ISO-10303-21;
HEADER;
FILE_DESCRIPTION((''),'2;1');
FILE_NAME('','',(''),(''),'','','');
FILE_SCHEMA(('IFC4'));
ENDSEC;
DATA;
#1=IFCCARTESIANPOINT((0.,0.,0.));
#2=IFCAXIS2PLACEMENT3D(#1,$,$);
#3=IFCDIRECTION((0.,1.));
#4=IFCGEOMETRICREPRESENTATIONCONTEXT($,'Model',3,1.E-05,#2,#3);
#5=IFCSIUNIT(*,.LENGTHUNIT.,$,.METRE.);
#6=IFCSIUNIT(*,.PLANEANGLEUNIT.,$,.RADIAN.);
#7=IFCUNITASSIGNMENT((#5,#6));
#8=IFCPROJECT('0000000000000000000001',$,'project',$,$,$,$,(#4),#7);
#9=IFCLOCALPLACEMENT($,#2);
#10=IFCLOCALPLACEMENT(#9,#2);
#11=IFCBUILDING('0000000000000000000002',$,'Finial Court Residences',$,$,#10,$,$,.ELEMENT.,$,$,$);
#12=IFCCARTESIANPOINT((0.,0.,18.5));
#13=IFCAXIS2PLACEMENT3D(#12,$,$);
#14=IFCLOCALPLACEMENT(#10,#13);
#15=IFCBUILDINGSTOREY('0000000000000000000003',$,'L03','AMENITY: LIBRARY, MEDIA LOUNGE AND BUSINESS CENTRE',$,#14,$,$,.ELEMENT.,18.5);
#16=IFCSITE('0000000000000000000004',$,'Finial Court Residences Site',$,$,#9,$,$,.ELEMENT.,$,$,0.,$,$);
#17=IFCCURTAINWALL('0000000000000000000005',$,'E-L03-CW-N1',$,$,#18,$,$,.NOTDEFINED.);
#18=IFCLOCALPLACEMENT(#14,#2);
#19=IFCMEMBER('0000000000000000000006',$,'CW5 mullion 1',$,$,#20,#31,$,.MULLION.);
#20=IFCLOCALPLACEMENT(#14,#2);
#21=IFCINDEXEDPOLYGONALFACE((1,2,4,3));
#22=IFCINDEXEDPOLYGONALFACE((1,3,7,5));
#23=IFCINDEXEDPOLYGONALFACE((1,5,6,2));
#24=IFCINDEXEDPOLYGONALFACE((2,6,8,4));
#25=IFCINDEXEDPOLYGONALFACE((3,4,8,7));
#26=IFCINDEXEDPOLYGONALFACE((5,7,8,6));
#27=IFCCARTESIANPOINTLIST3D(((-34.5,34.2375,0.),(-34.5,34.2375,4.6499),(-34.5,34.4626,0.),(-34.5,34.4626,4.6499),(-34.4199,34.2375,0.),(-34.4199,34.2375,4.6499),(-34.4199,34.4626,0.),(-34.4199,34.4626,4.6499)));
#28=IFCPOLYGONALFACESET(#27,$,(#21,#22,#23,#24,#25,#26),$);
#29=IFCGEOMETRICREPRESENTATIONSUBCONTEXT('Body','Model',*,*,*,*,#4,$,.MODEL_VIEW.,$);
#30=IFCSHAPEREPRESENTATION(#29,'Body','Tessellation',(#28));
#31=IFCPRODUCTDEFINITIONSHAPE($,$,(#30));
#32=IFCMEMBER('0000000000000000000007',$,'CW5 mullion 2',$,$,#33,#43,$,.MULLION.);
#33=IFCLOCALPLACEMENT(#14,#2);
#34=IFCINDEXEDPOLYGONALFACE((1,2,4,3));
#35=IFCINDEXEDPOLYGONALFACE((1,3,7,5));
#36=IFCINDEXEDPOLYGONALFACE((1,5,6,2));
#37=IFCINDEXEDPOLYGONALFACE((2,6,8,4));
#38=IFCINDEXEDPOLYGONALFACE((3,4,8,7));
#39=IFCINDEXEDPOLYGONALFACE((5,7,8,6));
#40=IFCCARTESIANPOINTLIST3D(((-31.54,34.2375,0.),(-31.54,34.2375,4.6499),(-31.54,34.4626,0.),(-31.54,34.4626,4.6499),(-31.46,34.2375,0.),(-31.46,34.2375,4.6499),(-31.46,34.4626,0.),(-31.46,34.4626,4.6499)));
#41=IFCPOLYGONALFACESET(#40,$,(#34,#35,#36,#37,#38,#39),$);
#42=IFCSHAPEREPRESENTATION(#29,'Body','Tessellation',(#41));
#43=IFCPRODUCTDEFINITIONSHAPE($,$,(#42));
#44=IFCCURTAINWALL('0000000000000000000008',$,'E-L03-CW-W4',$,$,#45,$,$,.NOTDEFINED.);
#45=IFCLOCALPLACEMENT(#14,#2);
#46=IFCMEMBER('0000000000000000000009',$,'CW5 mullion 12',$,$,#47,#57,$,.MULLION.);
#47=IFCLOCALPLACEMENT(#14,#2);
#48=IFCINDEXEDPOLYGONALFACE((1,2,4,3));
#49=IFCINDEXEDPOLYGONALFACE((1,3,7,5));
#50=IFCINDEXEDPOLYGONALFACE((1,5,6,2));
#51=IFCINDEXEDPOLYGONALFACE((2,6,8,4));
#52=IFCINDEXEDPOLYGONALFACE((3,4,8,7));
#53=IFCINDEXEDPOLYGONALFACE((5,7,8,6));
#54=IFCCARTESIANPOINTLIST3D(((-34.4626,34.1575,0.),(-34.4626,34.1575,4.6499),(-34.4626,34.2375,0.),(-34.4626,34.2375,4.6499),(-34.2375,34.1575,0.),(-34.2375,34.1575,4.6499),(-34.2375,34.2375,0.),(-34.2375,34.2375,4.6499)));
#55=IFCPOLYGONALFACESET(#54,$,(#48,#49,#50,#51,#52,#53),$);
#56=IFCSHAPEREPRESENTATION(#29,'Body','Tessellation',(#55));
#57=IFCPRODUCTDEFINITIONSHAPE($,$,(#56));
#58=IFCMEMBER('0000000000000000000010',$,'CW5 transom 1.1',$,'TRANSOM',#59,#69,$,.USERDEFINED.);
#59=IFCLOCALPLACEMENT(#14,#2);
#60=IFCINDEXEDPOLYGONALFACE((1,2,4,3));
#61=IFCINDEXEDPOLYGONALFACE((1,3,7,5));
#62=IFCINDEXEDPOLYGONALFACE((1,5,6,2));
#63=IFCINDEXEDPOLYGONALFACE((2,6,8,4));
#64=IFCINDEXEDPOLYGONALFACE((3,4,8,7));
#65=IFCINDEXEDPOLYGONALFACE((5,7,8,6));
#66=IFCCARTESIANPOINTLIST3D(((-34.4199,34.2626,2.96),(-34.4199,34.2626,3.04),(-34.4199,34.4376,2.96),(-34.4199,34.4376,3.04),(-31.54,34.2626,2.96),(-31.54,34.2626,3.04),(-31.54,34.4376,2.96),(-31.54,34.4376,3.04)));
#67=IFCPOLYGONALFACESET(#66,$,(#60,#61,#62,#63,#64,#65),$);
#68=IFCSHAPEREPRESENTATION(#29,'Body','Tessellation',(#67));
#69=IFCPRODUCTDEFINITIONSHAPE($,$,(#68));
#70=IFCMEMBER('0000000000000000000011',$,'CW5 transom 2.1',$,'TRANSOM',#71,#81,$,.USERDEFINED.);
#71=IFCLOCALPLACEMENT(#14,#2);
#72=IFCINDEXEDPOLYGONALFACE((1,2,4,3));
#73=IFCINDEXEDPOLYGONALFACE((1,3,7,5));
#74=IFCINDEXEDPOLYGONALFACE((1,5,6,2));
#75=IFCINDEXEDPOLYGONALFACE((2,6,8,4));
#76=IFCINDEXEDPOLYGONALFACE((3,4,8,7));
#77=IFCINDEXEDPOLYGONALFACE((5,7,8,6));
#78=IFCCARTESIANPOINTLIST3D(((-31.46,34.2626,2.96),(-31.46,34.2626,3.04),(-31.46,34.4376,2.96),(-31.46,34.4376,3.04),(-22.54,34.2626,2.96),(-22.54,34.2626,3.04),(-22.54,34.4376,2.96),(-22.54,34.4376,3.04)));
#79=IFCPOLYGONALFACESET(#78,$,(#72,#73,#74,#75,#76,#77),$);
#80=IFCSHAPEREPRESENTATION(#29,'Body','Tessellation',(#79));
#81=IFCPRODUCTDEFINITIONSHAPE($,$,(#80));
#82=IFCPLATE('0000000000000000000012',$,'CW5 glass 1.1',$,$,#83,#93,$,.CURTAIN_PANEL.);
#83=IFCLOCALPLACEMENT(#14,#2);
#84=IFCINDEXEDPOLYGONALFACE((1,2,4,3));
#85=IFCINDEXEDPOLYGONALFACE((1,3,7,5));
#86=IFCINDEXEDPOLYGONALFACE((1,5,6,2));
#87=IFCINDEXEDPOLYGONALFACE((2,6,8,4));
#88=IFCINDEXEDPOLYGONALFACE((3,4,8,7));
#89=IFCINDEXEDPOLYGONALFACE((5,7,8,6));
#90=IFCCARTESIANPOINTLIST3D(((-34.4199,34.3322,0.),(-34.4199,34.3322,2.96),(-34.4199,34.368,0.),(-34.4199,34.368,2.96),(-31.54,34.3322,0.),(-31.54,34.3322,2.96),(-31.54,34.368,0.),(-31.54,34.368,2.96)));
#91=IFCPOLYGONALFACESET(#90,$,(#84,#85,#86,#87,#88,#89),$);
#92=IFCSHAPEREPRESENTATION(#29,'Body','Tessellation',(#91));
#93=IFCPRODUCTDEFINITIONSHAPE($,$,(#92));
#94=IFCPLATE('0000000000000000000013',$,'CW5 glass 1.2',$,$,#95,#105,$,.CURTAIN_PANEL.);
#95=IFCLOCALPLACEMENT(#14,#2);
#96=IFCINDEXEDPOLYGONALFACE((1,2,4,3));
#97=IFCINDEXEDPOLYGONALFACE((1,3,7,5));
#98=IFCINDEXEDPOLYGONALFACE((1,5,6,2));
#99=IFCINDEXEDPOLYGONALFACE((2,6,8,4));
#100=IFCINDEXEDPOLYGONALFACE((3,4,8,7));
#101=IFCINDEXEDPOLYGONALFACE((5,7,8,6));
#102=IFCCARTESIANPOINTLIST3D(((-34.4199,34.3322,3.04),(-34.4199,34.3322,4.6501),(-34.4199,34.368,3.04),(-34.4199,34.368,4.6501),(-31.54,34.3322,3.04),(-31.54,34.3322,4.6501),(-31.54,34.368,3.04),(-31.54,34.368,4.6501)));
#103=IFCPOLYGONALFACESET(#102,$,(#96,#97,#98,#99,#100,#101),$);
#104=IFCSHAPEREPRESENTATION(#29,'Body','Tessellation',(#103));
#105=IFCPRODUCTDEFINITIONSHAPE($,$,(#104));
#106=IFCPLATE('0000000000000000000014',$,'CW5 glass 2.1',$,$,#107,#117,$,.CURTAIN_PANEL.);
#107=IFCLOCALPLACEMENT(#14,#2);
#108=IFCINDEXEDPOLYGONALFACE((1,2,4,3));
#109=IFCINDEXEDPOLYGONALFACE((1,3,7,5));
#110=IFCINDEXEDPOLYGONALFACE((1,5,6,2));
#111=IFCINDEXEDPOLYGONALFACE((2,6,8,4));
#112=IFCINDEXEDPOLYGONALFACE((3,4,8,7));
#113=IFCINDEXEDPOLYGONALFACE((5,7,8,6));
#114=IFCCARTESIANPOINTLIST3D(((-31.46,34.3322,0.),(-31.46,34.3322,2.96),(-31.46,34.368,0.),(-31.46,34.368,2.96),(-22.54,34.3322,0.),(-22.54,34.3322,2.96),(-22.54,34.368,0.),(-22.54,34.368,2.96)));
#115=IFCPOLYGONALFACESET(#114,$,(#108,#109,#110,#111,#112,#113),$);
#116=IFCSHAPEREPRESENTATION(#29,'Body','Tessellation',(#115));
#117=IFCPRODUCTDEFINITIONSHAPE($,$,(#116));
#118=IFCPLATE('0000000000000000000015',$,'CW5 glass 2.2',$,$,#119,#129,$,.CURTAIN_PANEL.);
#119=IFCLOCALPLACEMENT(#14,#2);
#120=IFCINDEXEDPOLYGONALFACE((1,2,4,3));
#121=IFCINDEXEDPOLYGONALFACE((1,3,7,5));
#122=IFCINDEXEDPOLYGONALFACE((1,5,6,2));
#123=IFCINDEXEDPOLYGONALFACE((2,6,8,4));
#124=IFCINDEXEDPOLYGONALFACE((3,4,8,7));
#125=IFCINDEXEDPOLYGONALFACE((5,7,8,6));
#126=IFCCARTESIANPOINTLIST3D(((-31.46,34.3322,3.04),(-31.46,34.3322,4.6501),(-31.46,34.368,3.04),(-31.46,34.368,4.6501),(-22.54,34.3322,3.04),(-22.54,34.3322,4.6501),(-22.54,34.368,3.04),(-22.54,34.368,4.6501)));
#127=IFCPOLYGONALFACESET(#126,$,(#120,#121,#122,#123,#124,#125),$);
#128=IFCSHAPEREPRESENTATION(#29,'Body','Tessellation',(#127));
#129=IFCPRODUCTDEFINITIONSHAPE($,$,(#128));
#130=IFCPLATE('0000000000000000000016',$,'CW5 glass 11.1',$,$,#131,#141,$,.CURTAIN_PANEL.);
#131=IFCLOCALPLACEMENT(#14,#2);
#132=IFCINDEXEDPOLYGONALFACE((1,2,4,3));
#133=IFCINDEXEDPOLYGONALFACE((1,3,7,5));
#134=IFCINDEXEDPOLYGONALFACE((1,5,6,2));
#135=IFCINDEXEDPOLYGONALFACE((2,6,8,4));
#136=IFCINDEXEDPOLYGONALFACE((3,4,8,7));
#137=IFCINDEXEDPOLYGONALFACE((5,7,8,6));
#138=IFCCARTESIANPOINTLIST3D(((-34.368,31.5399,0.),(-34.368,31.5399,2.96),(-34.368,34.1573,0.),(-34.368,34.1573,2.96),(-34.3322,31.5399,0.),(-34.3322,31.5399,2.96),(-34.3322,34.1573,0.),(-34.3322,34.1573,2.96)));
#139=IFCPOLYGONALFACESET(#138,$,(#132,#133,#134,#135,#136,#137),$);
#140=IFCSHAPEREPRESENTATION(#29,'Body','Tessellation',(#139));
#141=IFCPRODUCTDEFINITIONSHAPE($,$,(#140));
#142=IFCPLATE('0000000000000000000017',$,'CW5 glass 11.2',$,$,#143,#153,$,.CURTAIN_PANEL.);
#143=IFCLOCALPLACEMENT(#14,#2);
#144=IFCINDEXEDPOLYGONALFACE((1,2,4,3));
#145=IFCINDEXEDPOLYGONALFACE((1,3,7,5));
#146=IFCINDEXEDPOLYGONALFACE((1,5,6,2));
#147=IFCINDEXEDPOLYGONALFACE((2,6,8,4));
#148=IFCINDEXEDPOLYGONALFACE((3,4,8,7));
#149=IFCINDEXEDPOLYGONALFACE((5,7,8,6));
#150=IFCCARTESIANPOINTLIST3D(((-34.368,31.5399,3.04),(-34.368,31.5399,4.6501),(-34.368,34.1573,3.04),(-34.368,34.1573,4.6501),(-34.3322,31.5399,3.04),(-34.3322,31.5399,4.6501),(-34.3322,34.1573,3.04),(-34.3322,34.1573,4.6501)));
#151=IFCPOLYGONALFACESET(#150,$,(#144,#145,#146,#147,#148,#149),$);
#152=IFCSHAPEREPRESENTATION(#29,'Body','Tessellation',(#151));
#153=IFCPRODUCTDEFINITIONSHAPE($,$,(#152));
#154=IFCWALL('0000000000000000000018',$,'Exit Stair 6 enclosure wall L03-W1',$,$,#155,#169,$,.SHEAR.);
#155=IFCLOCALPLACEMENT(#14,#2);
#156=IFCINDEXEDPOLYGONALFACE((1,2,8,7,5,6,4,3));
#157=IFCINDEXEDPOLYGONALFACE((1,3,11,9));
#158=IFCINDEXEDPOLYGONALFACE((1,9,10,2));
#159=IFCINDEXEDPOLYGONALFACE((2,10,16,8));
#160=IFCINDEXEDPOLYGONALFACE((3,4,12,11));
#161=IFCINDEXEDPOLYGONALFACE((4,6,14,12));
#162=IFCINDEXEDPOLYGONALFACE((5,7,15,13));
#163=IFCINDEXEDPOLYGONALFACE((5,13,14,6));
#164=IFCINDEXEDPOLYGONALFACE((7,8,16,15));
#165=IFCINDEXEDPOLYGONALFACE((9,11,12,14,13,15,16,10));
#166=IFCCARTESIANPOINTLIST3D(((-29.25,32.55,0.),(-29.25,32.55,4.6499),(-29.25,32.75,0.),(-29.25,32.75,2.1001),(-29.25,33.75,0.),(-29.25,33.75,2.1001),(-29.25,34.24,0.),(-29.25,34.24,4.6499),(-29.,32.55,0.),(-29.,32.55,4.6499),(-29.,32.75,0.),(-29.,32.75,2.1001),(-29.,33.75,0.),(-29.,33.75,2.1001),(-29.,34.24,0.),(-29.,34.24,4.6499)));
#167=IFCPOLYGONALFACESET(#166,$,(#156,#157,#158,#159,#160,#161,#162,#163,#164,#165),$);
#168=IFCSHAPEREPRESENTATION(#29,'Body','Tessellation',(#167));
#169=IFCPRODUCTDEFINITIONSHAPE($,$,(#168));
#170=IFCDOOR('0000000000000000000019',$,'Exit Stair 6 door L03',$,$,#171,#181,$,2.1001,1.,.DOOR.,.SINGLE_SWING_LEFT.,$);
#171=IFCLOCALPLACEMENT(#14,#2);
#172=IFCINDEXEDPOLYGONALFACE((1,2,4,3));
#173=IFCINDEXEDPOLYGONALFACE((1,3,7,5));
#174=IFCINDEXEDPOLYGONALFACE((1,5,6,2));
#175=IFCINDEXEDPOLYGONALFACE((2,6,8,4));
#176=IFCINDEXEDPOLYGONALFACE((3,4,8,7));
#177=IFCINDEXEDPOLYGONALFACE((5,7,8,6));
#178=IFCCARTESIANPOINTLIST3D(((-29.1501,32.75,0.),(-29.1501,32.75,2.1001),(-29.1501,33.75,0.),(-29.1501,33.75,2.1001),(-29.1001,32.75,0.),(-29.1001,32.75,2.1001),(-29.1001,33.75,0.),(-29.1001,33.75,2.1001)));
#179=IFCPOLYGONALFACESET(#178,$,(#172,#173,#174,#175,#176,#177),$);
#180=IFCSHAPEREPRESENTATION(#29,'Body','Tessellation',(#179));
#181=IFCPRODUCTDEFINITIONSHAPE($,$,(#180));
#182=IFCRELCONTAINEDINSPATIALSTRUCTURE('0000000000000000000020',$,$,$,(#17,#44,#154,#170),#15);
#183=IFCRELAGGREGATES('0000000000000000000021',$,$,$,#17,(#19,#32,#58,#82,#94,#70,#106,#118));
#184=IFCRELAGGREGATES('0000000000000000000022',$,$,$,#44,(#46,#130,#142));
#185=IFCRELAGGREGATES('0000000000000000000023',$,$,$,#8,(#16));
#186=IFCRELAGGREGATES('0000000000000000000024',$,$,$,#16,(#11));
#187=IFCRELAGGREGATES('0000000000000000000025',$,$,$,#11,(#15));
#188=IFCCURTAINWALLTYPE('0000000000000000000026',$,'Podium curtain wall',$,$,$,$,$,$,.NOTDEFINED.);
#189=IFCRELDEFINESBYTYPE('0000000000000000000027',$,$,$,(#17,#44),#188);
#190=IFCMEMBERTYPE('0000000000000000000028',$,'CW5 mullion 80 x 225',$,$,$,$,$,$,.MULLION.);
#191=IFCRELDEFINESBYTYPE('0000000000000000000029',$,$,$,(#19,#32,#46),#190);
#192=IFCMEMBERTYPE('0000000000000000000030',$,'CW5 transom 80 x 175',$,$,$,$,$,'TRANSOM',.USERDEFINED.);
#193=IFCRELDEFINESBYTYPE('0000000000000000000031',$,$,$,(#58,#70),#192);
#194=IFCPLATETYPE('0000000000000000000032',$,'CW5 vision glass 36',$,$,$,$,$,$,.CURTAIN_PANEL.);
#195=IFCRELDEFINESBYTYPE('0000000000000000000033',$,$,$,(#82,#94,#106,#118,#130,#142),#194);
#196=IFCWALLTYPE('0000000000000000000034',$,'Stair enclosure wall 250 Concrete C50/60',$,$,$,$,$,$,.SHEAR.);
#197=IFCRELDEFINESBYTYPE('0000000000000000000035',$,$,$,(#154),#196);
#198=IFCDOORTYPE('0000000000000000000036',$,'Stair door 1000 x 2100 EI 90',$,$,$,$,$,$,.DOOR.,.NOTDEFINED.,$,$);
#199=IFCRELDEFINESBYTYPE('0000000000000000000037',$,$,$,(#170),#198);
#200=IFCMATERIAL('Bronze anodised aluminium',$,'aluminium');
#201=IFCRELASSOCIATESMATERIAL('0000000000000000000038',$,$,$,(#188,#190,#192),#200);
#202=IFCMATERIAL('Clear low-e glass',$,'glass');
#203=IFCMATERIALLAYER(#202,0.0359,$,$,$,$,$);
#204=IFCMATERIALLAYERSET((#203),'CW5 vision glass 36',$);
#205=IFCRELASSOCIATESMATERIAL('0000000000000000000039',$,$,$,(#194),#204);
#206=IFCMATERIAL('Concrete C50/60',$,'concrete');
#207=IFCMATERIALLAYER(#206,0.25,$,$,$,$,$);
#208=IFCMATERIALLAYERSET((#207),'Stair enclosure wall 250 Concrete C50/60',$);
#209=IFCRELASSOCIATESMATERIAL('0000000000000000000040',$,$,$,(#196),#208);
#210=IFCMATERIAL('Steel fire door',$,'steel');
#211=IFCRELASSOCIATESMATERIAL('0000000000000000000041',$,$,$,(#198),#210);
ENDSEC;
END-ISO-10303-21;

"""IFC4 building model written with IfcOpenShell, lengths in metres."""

from ifc_helpers import new_model, si_unit, direction, frame, frame_2d, origin, origin_2d, place, context, subcontext, project, spatial, rectangle, extrude, material, layer, layer_set, material_profile, profile_set, type_object, element, fill, aggregate, save


model = new_model("IFC4")

# Units and contexts
model_context = context("Model", 3, precision=1e-05, world=origin(), true_north=direction((0.0, 1.0)))
body_context = subcontext(model_context, "Body", "Model", "MODEL_VIEW")
ifc_project = project(units=[si_unit("LENGTHUNIT", "METRE"), si_unit("PLANEANGLEUNIT", "RADIAN")], contexts=[model_context])

# Site, building, storey
site_placement = place(None, origin())
site = spatial("IfcSite", under=ifc_project, at=site_placement, Name="Finial Court Residences Site", CompositionType="ELEMENT", RefElevation=0.0)
building_placement = place(site_placement, origin())
building = spatial("IfcBuilding", under=site, at=building_placement, Name="Finial Court Residences", CompositionType="ELEMENT")
storey_placement = place(building_placement, frame((0.0, 0.0, 18.5)))
storey = spatial("IfcBuildingStorey", under=building, at=storey_placement, Name="L03", Description="AMENITY: LIBRARY, MEDIA LOUNGE AND BUSINESS CENTRE", CompositionType="ELEMENT", Elevation=18.5)

# Curtain wall, members
ifc_material_1 = material(Name="Bronze anodised aluminium", Category="aluminium")
curtain_wall_type = type_object("IfcCurtainWallType", Name="Podium curtain wall", PredefinedType="NOTDEFINED", material=ifc_material_1)
curtain_wall_1_placement = place(storey_placement, origin())
curtain_wall_1 = element("IfcCurtainWall", 1, at=curtain_wall_1_placement, inside=storey, type_object=curtain_wall_type, Name="E-L03-CW-N1", PredefinedType="NOTDEFINED")
ifc_material_profile_1 = material_profile(ifc_material_1, rectangle(XDim=0.2251, YDim=0.0801, at=origin_2d()), Name="CW5 mullion 80 x 225")
ifc_profile_set_1 = profile_set([ifc_material_profile_1], Name="Bronze anodised aluminium")
member_type_1 = type_object("IfcMemberType", Name="CW5 mullion 80 x 225", PredefinedType="MULLION", material=ifc_profile_set_1)
member_1_placement = place(storey_placement, frame((-34.46, 34.3501, 0.0), z_axis=(0.0, 0.0, 1.0), x_axis=(0.0, 1.0, 0.0)))
member_1 = element("IfcMember", 2, at=member_1_placement, type_object=member_type_1, Name="CW5 mullion 1", PredefinedType="MULLION", context=body_context, shape_type="SweptSolid", body=[
    extrude(rectangle(XDim=0.2251, YDim=0.0801, at=origin_2d()), origin(), (0.0, 0.0, 1.0), 4.6499),
])
member_2_placement = place(storey_placement, frame((-31.5, 34.3501, 0.0), z_axis=(0.0, 0.0, 1.0), x_axis=(0.0, 1.0, 0.0)))
member_2 = element("IfcMember", 3, at=member_2_placement, type_object=member_type_1, Name="CW5 mullion 2", PredefinedType="MULLION", context=body_context, shape_type="SweptSolid", body=[
    extrude(rectangle(XDim=0.2251, YDim=0.0801, at=origin_2d()), origin(), (0.0, 0.0, 1.0), 4.6499),
])

# Curtain wall, member
curtain_wall_2_placement = place(storey_placement, origin())
curtain_wall_2 = element("IfcCurtainWall", 4, at=curtain_wall_2_placement, inside=storey, type_object=curtain_wall_type, Name="E-L03-CW-W4", PredefinedType="NOTDEFINED")
member_3_placement = place(storey_placement, frame((-34.3501, 34.1975, 0.0), z_axis=(0.0, 0.0, 1.0), x_axis=(-1.0, 0.0, 0.0)))
member_3 = element("IfcMember", 5, at=member_3_placement, type_object=member_type_1, Name="CW5 mullion 12", PredefinedType="MULLION", context=body_context, shape_type="SweptSolid", body=[
    extrude(rectangle(XDim=0.2251, YDim=0.0801, at=origin_2d()), origin(), (0.0, 0.0, 1.0), 4.6499),
])

# Members
ifc_material_profile_2 = material_profile(ifc_material_1, rectangle(XDim=0.175, YDim=0.0801, at=origin_2d()), Name="CW5 transom 80 x 175")
ifc_profile_set_2 = profile_set([ifc_material_profile_2], Name="Bronze anodised aluminium")
member_type_2 = type_object("IfcMemberType", Name="CW5 transom 80 x 175", ElementType="TRANSOM", PredefinedType="USERDEFINED", material=ifc_profile_set_2)
member_4_placement = place(storey_placement, frame((-34.4199, 34.3501, 3.0), z_axis=(1.0, 0.0, 0.0), x_axis=(0.0, 1.0, 0.0)))
member_4 = element("IfcMember", 6, at=member_4_placement, type_object=member_type_2, Name="CW5 transom 1.1", ObjectType="TRANSOM", PredefinedType="USERDEFINED", context=body_context, shape_type="SweptSolid", body=[
    extrude(rectangle(XDim=0.175, YDim=0.0801, at=origin_2d()), origin(), (0.0, 0.0, 1.0), 2.8799),
])
member_5_placement = place(storey_placement, frame((-31.46, 34.3501, 3.0), z_axis=(1.0, 0.0, 0.0), x_axis=(0.0, 1.0, 0.0)))
member_5 = element("IfcMember", 7, at=member_5_placement, type_object=member_type_2, Name="CW5 transom 2.1", ObjectType="TRANSOM", PredefinedType="USERDEFINED", context=body_context, shape_type="SweptSolid", body=[
    extrude(rectangle(XDim=0.175, YDim=0.0801, at=origin_2d()), origin(), (0.0, 0.0, 1.0), 8.9199),
])

# Plates
ifc_material_2 = material(Name="Clear low-e glass", Category="glass")
ifc_layer_1 = layer(ifc_material_2, 0.0359)
ifc_layer_set_1 = layer_set([ifc_layer_1], Name="CW5 vision glass 36")
plate_type = type_object("IfcPlateType", Name="CW5 vision glass 36", PredefinedType="CURTAIN_PANEL", material=ifc_layer_set_1)
plate_1_placement = place(storey_placement, frame((-32.98, 34.3501, 0.0), z_axis=(0.0, 0.0, 1.0), x_axis=(1.0, 0.0, 0.0)))
plate_1 = element("IfcPlate", 8, at=plate_1_placement, type_object=plate_type, Name="CW5 glass 1.1", PredefinedType="CURTAIN_PANEL", context=body_context, shape_type="SweptSolid", body=[
    extrude(rectangle(XDim=2.8799, YDim=0.0359, at=origin_2d()), origin(), (0.0, 0.0, 1.0), 2.96),
])
plate_2_placement = place(storey_placement, frame((-32.98, 34.3501, 3.04), z_axis=(0.0, 0.0, 1.0), x_axis=(1.0, 0.0, 0.0)))
plate_2 = element("IfcPlate", 9, at=plate_2_placement, type_object=plate_type, Name="CW5 glass 1.2", PredefinedType="CURTAIN_PANEL", context=body_context, shape_type="SweptSolid", body=[
    extrude(rectangle(XDim=2.8799, YDim=0.0359, at=origin_2d()), origin(), (0.0, 0.0, 1.0), 1.6101),
])
plate_3_placement = place(storey_placement, frame((-27.0, 34.3501, 0.0), z_axis=(0.0, 0.0, 1.0), x_axis=(1.0, 0.0, 0.0)))
plate_3 = element("IfcPlate", 10, at=plate_3_placement, type_object=plate_type, Name="CW5 glass 2.1", PredefinedType="CURTAIN_PANEL", context=body_context, shape_type="SweptSolid", body=[
    extrude(rectangle(XDim=8.9199, YDim=0.0359, at=origin_2d()), origin(), (0.0, 0.0, 1.0), 2.96),
])
plate_4_placement = place(storey_placement, frame((-27.0, 34.3501, 3.04), z_axis=(0.0, 0.0, 1.0), x_axis=(1.0, 0.0, 0.0)))
plate_4 = element("IfcPlate", 11, at=plate_4_placement, type_object=plate_type, Name="CW5 glass 2.2", PredefinedType="CURTAIN_PANEL", context=body_context, shape_type="SweptSolid", body=[
    extrude(rectangle(XDim=8.9199, YDim=0.0359, at=origin_2d()), origin(), (0.0, 0.0, 1.0), 1.6101),
])
aggregate(curtain_wall_1, [member_1, member_2, member_4, plate_1, plate_2, member_5, plate_3, plate_4])
plate_5_placement = place(storey_placement, frame((-34.3501, 32.8486, 0.0), z_axis=(0.0, 0.0, 1.0), x_axis=(0.0, 1.0, 0.0)))
plate_5 = element("IfcPlate", 12, at=plate_5_placement, type_object=plate_type, Name="CW5 glass 11.1", PredefinedType="CURTAIN_PANEL", context=body_context, shape_type="SweptSolid", body=[
    extrude(rectangle(XDim=2.6174, YDim=0.0359, at=origin_2d()), origin(), (0.0, 0.0, 1.0), 2.96),
])
plate_6_placement = place(storey_placement, frame((-34.3501, 32.8486, 3.04), z_axis=(0.0, 0.0, 1.0), x_axis=(0.0, 1.0, 0.0)))
plate_6 = element("IfcPlate", 13, at=plate_6_placement, type_object=plate_type, Name="CW5 glass 11.2", PredefinedType="CURTAIN_PANEL", context=body_context, shape_type="SweptSolid", body=[
    extrude(rectangle(XDim=2.6174, YDim=0.0359, at=origin_2d()), origin(), (0.0, 0.0, 1.0), 1.6101),
])
aggregate(curtain_wall_2, [member_3, plate_5, plate_6])

# Wall, opening, door
ifc_material_3 = material(Name="Concrete C50/60", Category="concrete")
ifc_layer_2 = layer(ifc_material_3, 0.25)
ifc_layer_set_2 = layer_set([ifc_layer_2], Name="Stair enclosure wall 250 Concrete C50/60")
wall_type = type_object("IfcWallType", Name="Stair enclosure wall 250 Concrete C50/60", PredefinedType="SHEAR", material=ifc_layer_set_2)
wall_1_placement = place(storey_placement, frame((-29.125, 34.24, 0.0), z_axis=(0.0, 0.0, 1.0), x_axis=(0.0, -1.0, 0.0)))
wall_1 = element("IfcWall", 14, at=wall_1_placement, inside=storey, type_object=wall_type, Name="Exit Stair 6 enclosure wall L03-W1", PredefinedType="SHEAR", context=body_context, shape_type="SweptSolid", body=[
    extrude(rectangle(XDim=1.6899, YDim=0.25, at=frame_2d((0.845, 0.0))), origin(), (0.0, 0.0, 1.0), 4.6499),
])
opening_1_placement = place(wall_1_placement, frame((0.49, 0.0, 0.0)))
opening_1 = element("IfcOpeningElement", 15, at=opening_1_placement, cuts=wall_1, PredefinedType="OPENING", context=body_context, shape_type="SweptSolid", body=[
    extrude(rectangle(XDim=1.0, YDim=2.1001, at=frame_2d((0.5, 1.05))), frame((0.0, 0.135, 0.0), z_axis=(0.0, -1.0, 0.0), x_axis=(1.0, 0.0, 0.0)), (0.0, 0.0, 1.0), 0.27),
])
ifc_material_4 = material(Name="Steel fire door", Category="steel")
door_type = type_object("IfcDoorType", Name="Stair door 1000 x 2100 EI 90", OperationType="NOTDEFINED", PredefinedType="DOOR", material=ifc_material_4)
door_1_placement = place(opening_1_placement, origin())
door_1 = element("IfcDoor", 16, at=door_1_placement, inside=storey, type_object=door_type, Name="Exit Stair 6 door L03", OperationType="SINGLE_SWING_LEFT", OverallHeight=2.1001, OverallWidth=1.0, PredefinedType="DOOR", context=body_context, shape_type="SweptSolid", body=[
    extrude(rectangle(XDim=1.0, YDim=2.1001, at=frame_2d((0.5, 1.05))), frame((0.0, 0.0249, 0.0), z_axis=(0.0, -1.0, 0.0), x_axis=(1.0, 0.0, 0.0)), (0.0, 0.0, 1.0), 0.05),
])
fill(opening_1, door_1)

save(model, "model.ifc")
